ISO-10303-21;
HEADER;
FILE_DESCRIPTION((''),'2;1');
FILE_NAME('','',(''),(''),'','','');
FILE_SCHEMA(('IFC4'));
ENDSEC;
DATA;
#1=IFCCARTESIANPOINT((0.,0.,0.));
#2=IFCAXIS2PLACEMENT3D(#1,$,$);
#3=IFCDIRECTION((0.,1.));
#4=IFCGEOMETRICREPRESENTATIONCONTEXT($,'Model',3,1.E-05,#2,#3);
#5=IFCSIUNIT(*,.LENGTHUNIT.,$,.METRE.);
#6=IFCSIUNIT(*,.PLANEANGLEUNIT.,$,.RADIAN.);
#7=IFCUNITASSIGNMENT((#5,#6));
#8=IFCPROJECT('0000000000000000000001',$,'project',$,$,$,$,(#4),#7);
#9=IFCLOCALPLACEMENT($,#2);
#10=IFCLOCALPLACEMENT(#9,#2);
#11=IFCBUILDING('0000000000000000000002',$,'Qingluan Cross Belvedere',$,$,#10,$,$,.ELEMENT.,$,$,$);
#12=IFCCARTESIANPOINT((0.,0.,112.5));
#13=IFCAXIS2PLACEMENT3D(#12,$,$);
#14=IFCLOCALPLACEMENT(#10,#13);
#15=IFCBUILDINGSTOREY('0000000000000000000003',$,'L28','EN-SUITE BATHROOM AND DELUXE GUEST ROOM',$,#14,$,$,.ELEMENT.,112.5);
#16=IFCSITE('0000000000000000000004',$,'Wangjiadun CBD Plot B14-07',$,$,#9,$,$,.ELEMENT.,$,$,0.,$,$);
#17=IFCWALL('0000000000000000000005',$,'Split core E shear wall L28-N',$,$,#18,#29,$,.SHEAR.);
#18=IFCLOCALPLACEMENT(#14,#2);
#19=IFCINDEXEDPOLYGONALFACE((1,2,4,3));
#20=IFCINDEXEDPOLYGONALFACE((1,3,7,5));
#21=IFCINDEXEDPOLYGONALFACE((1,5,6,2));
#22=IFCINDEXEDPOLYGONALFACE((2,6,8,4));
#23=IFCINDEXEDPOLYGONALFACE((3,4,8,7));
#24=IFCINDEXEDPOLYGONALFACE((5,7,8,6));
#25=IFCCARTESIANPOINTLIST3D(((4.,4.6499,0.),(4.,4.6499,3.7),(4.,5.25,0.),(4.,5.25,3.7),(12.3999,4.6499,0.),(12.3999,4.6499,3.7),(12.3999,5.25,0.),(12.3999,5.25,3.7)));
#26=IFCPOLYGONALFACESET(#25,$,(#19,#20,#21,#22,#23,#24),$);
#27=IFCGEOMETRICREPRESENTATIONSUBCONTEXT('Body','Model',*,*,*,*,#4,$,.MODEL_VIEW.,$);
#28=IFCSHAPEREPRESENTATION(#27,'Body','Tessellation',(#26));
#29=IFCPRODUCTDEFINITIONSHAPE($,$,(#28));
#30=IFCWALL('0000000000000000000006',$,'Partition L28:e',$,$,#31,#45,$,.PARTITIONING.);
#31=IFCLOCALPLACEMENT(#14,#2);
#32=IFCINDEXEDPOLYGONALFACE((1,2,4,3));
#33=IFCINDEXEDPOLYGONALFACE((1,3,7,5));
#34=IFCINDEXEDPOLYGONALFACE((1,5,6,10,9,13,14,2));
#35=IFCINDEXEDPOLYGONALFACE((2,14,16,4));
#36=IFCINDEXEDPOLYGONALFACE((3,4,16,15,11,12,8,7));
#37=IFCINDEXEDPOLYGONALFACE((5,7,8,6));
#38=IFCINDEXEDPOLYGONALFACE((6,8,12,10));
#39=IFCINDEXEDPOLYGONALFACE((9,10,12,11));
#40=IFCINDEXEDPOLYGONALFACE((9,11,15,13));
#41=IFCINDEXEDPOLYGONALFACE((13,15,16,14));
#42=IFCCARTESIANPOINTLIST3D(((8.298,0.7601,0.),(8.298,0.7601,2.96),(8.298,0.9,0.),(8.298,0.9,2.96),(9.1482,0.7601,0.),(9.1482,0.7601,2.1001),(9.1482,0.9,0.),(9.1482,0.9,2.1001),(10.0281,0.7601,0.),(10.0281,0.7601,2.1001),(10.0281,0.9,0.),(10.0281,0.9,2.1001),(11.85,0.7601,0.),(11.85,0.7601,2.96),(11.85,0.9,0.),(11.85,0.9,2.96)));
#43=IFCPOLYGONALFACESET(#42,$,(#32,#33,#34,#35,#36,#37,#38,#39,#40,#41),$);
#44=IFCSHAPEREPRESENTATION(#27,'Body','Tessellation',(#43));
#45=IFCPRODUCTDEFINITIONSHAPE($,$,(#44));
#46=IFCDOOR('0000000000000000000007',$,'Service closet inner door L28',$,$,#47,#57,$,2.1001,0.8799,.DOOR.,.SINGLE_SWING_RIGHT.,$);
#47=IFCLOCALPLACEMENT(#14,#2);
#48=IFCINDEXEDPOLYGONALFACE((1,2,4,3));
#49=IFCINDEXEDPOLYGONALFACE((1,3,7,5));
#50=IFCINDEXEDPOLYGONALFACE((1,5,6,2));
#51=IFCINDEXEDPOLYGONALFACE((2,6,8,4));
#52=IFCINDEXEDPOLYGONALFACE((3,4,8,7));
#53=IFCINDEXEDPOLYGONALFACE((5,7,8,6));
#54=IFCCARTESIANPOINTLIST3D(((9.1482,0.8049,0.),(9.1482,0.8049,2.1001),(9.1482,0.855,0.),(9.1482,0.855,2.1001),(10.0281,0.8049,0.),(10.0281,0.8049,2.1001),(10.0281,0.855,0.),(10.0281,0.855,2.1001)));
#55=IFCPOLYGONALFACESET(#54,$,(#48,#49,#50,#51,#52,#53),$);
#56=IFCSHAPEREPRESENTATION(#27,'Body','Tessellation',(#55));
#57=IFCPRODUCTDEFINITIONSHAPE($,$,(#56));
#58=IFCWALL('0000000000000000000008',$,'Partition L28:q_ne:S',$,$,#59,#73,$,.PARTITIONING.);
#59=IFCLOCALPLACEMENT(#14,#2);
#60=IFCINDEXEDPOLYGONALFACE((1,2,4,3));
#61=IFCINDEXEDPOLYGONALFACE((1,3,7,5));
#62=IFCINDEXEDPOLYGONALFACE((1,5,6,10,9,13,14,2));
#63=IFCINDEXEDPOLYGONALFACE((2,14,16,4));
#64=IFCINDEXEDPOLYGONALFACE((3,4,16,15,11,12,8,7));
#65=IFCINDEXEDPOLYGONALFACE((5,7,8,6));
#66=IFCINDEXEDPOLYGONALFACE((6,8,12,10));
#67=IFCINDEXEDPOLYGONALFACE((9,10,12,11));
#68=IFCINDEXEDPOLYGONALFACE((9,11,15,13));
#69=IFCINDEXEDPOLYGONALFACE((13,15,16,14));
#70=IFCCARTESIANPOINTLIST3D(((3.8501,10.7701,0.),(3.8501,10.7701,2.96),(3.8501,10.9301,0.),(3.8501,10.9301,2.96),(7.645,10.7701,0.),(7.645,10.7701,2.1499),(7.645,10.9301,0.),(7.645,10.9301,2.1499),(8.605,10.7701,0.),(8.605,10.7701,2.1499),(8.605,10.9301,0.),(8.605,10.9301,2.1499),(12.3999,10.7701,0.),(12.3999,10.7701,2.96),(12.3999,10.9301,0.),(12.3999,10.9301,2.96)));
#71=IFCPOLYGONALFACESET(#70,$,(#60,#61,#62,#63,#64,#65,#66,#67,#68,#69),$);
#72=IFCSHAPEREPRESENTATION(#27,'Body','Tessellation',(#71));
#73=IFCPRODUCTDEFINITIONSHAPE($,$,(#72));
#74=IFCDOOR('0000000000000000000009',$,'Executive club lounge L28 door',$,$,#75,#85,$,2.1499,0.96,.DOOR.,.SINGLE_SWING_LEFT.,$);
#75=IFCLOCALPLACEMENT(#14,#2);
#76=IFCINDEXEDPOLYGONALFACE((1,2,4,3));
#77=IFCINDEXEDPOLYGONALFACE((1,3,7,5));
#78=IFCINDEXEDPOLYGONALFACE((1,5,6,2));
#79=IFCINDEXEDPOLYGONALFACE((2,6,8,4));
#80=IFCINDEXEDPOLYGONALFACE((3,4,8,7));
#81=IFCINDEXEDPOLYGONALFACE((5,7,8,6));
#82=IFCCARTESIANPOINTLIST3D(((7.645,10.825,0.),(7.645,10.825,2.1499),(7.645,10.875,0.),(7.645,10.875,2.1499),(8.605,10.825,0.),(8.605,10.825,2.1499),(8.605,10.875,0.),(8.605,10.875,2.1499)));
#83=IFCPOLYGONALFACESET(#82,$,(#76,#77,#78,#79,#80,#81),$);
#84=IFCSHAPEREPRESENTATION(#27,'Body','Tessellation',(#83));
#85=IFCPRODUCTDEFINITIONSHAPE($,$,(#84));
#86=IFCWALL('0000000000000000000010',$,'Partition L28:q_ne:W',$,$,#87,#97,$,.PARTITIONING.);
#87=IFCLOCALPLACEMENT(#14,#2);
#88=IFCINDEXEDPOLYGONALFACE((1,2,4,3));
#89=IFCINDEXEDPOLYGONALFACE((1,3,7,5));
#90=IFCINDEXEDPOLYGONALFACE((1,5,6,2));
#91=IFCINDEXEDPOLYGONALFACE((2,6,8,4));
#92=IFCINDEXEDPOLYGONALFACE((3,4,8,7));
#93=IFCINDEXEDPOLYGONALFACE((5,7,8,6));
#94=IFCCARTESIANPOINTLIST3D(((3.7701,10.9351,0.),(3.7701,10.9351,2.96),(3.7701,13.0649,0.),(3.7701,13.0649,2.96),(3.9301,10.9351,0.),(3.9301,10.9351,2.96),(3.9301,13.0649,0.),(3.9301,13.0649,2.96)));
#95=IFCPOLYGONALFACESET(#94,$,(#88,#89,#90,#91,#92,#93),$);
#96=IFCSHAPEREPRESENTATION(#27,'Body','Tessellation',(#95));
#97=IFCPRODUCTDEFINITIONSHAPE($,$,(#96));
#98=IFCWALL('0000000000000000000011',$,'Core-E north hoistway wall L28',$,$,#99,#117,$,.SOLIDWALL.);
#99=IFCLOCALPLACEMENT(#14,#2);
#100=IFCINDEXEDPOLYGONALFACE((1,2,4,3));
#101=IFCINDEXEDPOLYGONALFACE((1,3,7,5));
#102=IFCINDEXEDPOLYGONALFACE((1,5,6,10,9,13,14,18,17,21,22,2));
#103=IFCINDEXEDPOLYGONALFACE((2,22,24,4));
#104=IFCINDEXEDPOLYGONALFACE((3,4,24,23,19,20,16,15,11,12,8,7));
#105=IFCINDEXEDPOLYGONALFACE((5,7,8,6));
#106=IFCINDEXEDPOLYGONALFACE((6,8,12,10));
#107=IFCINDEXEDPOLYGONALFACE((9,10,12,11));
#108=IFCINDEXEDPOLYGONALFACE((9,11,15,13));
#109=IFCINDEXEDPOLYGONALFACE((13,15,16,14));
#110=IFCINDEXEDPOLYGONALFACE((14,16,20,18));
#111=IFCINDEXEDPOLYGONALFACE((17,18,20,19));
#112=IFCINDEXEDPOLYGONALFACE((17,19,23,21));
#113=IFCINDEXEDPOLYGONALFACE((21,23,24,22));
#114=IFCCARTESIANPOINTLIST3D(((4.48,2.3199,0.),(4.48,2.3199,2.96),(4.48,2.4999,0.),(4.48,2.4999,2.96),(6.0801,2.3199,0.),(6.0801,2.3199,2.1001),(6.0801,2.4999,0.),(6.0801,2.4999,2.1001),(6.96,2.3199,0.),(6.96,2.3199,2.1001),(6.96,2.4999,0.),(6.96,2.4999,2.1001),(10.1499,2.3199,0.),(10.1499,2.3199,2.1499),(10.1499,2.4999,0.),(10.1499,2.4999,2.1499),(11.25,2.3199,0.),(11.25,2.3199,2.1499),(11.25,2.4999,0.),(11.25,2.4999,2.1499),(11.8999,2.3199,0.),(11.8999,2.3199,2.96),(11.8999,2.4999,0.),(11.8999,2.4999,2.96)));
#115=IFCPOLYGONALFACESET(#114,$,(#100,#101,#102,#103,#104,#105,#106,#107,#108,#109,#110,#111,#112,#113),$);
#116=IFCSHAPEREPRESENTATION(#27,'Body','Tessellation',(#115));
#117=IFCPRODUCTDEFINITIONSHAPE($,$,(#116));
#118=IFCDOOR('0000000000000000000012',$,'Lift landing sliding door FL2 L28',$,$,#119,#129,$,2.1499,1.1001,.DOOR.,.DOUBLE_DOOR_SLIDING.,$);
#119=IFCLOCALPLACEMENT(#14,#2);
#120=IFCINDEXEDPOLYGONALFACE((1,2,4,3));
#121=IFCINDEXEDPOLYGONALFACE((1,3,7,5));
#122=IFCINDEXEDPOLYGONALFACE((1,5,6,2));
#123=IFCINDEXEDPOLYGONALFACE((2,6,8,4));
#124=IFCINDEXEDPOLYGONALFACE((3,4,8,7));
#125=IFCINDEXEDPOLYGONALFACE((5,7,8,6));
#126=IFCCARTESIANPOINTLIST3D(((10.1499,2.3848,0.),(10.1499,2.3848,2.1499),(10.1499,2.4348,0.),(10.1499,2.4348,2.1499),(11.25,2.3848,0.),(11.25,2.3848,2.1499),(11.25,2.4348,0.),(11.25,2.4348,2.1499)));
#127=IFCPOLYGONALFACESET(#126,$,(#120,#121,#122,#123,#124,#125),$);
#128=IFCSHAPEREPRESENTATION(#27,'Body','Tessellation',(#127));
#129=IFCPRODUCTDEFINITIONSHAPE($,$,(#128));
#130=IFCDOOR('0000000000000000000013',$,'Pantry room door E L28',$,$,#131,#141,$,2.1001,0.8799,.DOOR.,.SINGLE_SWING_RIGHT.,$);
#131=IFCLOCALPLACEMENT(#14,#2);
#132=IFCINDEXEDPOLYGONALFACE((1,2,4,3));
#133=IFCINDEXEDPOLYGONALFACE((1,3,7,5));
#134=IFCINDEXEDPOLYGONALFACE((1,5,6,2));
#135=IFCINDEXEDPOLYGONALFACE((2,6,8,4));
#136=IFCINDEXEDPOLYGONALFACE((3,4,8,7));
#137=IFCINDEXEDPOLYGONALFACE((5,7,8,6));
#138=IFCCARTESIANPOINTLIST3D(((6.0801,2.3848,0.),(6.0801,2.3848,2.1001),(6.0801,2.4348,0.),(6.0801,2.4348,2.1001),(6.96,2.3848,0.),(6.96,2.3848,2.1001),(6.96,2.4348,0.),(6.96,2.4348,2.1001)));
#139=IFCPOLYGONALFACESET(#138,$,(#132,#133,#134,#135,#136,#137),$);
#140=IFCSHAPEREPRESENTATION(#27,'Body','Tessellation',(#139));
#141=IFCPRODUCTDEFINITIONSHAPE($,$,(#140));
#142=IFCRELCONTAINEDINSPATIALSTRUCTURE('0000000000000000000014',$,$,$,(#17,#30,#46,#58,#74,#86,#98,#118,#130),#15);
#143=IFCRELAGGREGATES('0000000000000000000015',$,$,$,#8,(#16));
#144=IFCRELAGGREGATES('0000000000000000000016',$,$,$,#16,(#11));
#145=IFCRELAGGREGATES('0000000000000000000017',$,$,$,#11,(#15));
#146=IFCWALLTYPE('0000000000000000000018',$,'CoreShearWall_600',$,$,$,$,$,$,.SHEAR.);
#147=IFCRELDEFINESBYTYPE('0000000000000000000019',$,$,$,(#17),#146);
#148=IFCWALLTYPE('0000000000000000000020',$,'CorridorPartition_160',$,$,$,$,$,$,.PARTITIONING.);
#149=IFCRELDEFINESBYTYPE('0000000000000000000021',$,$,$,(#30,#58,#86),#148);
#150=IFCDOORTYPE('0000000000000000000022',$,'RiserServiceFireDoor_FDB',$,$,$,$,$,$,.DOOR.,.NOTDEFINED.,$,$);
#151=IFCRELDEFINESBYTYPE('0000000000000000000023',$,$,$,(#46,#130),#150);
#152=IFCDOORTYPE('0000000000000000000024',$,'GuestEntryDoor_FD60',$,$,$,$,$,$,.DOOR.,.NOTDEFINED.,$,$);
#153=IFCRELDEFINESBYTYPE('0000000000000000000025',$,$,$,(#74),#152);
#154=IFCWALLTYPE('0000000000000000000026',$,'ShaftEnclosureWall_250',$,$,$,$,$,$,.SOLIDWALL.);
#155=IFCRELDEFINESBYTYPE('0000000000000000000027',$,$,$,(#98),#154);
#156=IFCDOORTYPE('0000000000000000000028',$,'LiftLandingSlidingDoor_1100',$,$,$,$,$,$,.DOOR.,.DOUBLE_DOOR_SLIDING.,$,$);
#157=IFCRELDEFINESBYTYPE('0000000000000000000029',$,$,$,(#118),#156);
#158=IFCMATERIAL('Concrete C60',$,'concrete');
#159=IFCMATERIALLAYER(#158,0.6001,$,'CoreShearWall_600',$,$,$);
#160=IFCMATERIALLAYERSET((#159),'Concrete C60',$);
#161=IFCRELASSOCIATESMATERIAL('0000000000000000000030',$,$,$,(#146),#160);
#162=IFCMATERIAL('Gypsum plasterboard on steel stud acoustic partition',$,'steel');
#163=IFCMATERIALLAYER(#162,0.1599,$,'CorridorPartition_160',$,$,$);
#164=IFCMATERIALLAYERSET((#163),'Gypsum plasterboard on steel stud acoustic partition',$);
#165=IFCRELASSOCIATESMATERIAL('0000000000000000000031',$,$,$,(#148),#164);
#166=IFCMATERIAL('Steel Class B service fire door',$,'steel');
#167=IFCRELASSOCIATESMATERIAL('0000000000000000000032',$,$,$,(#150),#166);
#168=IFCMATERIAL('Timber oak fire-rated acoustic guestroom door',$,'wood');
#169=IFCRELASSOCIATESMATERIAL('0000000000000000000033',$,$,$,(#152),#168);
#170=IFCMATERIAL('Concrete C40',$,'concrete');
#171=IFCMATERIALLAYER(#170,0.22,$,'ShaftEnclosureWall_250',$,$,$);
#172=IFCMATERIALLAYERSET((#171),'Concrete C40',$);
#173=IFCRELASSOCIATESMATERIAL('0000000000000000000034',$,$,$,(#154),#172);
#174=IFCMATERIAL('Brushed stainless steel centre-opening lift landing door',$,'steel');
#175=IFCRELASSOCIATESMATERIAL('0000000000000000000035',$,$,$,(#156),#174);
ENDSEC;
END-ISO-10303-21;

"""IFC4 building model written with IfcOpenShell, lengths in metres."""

from ifc_helpers import new_model, si_unit, direction, frame, frame_2d, origin, place, context, subcontext, project, spatial, rectangle, extrude, material, layer, layer_set, type_object, element, fill, save


model = new_model("IFC4")

# Units and contexts
model_context = context("Model", 3, precision=1e-05, world=origin(), true_north=direction((0.0, 1.0)))
body_context = subcontext(model_context, "Body", "Model", "MODEL_VIEW")
ifc_project = project(units=[si_unit("LENGTHUNIT", "METRE"), si_unit("PLANEANGLEUNIT", "RADIAN")], contexts=[model_context])

# Site, building, storey
site_placement = place(None, origin())
site = spatial("IfcSite", under=ifc_project, at=site_placement, Name="Wangjiadun CBD Plot B14-07", CompositionType="ELEMENT", RefElevation=0.0)
building_placement = place(site_placement, origin())
building = spatial("IfcBuilding", under=site, at=building_placement, Name="Qingluan Cross Belvedere", CompositionType="ELEMENT")
storey_placement = place(building_placement, frame((0.0, 0.0, 112.5)))
storey = spatial("IfcBuildingStorey", under=building, at=storey_placement, Name="L28", Description="EN-SUITE BATHROOM AND DELUXE GUEST ROOM", CompositionType="ELEMENT", Elevation=112.5)

# Wall
ifc_material_1 = material(Name="Concrete C60", Category="concrete")
ifc_layer_1 = layer(ifc_material_1, 0.6001, Name="CoreShearWall_600")
ifc_layer_set_1 = layer_set([ifc_layer_1], Name="Concrete C60")
wall_type_1 = type_object("IfcWallType", Name="CoreShearWall_600", PredefinedType="SHEAR", material=ifc_layer_set_1)
wall_1_placement = place(storey_placement, frame((4.0, 4.95, 0.0), z_axis=(0.0, 0.0, 1.0), x_axis=(1.0, 0.0, 0.0)))
element("IfcWall", 1, at=wall_1_placement, inside=storey, type_object=wall_type_1, Name="Split core E shear wall L28-N", PredefinedType="SHEAR", context=body_context, shape_type="SweptSolid", body=[
    extrude(rectangle(XDim=8.3999, YDim=0.6001, at=frame_2d((4.2, 0.0))), origin(), (0.0, 0.0, 1.0), 3.7),
])

# Walls, openings, doors
ifc_material_2 = material(Name="Gypsum plasterboard on steel stud acoustic partition", Category="steel")
ifc_layer_2 = layer(ifc_material_2, 0.1599, Name="CorridorPartition_160")
ifc_layer_set_2 = layer_set([ifc_layer_2], Name="Gypsum plasterboard on steel stud acoustic partition")
wall_type_2 = type_object("IfcWallType", Name="CorridorPartition_160", PredefinedType="PARTITIONING", material=ifc_layer_set_2)
wall_2_placement = place(storey_placement, frame((8.2981, 0.8301, 0.0), z_axis=(0.0, 0.0, 1.0), x_axis=(1.0, 0.0, 0.0)))
wall_2 = element("IfcWall", 2, at=wall_2_placement, inside=storey, type_object=wall_type_2, Name="Partition L28:e", PredefinedType="PARTITIONING", context=body_context, shape_type="SweptSolid", body=[
    extrude(rectangle(XDim=3.552, YDim=0.1399, at=frame_2d((1.7759, 0.0))), origin(), (0.0, 0.0, 1.0), 2.96),
])
opening_1_placement = place(wall_2_placement, frame((0.8501, 0.0, 0.0)))
opening_1 = element("IfcOpeningElement", 3, at=opening_1_placement, cuts=wall_2, PredefinedType="OPENING", context=body_context, shape_type="SweptSolid", body=[
    extrude(rectangle(XDim=0.8799, YDim=2.1001, at=frame_2d((0.4399, 1.05))), frame((0.0, 0.0798, 0.0), z_axis=(0.0, -1.0, 0.0), x_axis=(1.0, 0.0, 0.0)), (0.0, 0.0, 1.0), 0.1599),
])
ifc_material_3 = material(Name="Steel Class B service fire door", Category="steel")
door_type_1 = type_object("IfcDoorType", Name="RiserServiceFireDoor_FDB", OperationType="NOTDEFINED", PredefinedType="DOOR", material=ifc_material_3)
door_1_placement = place(opening_1_placement, origin())
door_1 = element("IfcDoor", 4, at=door_1_placement, inside=storey, type_object=door_type_1, Name="Service closet inner door L28", OperationType="SINGLE_SWING_RIGHT", OverallHeight=2.1001, OverallWidth=0.8799, PredefinedType="DOOR", context=body_context, shape_type="SweptSolid", body=[
    extrude(rectangle(XDim=0.8799, YDim=2.1001, at=frame_2d((0.4399, 1.05))), frame((0.0, 0.0249, 0.0), z_axis=(0.0, -1.0, 0.0), x_axis=(1.0, 0.0, 0.0)), (0.0, 0.0, 1.0), 0.05),
])
fill(opening_1, door_1)
wall_3_placement = place(storey_placement, frame((3.8501, 10.8501, 0.0), z_axis=(0.0, 0.0, 1.0), x_axis=(1.0, 0.0, 0.0)))
wall_3 = element("IfcWall", 5, at=wall_3_placement, inside=storey, type_object=wall_type_2, Name="Partition L28:q_ne:S", PredefinedType="PARTITIONING", context=body_context, shape_type="SweptSolid", body=[
    extrude(rectangle(XDim=8.5498, YDim=0.1599, at=frame_2d((4.2749, 0.0))), origin(), (0.0, 0.0, 1.0), 2.96),
])
opening_2_placement = place(wall_3_placement, frame((3.7949, 0.0, 0.0)))
opening_2 = element("IfcOpeningElement", 6, at=opening_2_placement, cuts=wall_3, PredefinedType="OPENING", context=body_context, shape_type="SweptSolid", body=[
    extrude(rectangle(XDim=0.96, YDim=2.1499, at=frame_2d((0.48, 1.075))), frame((0.0, 0.0898, 0.0), z_axis=(0.0, -1.0, 0.0), x_axis=(1.0, 0.0, 0.0)), (0.0, 0.0, 1.0), 0.1799),
])
ifc_material_4 = material(Name="Timber oak fire-rated acoustic guestroom door", Category="wood")
door_type_2 = type_object("IfcDoorType", Name="GuestEntryDoor_FD60", OperationType="NOTDEFINED", PredefinedType="DOOR", material=ifc_material_4)
door_2_placement = place(opening_2_placement, origin())
door_2 = element("IfcDoor", 7, at=door_2_placement, inside=storey, type_object=door_type_2, Name="Executive club lounge L28 door", OperationType="SINGLE_SWING_LEFT", OverallHeight=2.1499, OverallWidth=0.96, PredefinedType="DOOR", context=body_context, shape_type="SweptSolid", body=[
    extrude(rectangle(XDim=0.96, YDim=2.1499, at=frame_2d((0.48, 1.075))), frame((0.0, 0.0249, 0.0), z_axis=(0.0, -1.0, 0.0), x_axis=(1.0, 0.0, 0.0)), (0.0, 0.0, 1.0), 0.05),
])
fill(opening_2, door_2)

# Wall
wall_4_placement = place(storey_placement, frame((3.8501, 10.9351, 0.0), z_axis=(0.0, 0.0, 1.0), x_axis=(0.0, 1.0, 0.0)))
element("IfcWall", 8, at=wall_4_placement, inside=storey, type_object=wall_type_2, Name="Partition L28:q_ne:W", PredefinedType="PARTITIONING", context=body_context, shape_type="SweptSolid", body=[
    extrude(rectangle(XDim=2.1299, YDim=0.1599, at=frame_2d((1.0649, 0.0))), origin(), (0.0, 0.0, 1.0), 2.96),
])

# Wall, openings, doors
ifc_material_5 = material(Name="Concrete C40", Category="concrete")
ifc_layer_3 = layer(ifc_material_5, 0.22, Name="ShaftEnclosureWall_250")
ifc_layer_set_3 = layer_set([ifc_layer_3], Name="Concrete C40")
wall_type_3 = type_object("IfcWallType", Name="ShaftEnclosureWall_250", PredefinedType="SOLIDWALL", material=ifc_layer_set_3)
wall_5_placement = place(storey_placement, frame((4.48, 2.4099, 0.0), z_axis=(0.0, 0.0, 1.0), x_axis=(1.0, 0.0, 0.0)))
wall_5 = element("IfcWall", 9, at=wall_5_placement, inside=storey, type_object=wall_type_3, Name="Core-E north hoistway wall L28", PredefinedType="SOLIDWALL", context=body_context, shape_type="SweptSolid", body=[
    extrude(rectangle(XDim=7.4199, YDim=0.1799, at=frame_2d((3.71, 0.0))), origin(), (0.0, 0.0, 1.0), 2.96),
])
opening_3_placement = place(wall_5_placement, frame((5.6699, 0.0, 0.0)))
opening_3 = element("IfcOpeningElement", 10, at=opening_3_placement, cuts=wall_5, PredefinedType="OPENING", context=body_context, shape_type="SweptSolid", body=[
    extrude(rectangle(XDim=1.1001, YDim=2.1499, at=frame_2d((0.55, 1.075))), frame((0.0, 0.0999, 0.0), z_axis=(0.0, -1.0, 0.0), x_axis=(1.0, 0.0, 0.0)), (0.0, 0.0, 1.0), 0.2),
])
opening_4_placement = place(wall_5_placement, frame((1.6001, 0.0, 0.0)))
opening_4 = element("IfcOpeningElement", 11, at=opening_4_placement, cuts=wall_5, PredefinedType="OPENING", context=body_context, shape_type="SweptSolid", body=[
    extrude(rectangle(XDim=0.8799, YDim=2.1001, at=frame_2d((0.4399, 1.05))), frame((0.0, 0.0999, 0.0), z_axis=(0.0, -1.0, 0.0), x_axis=(1.0, 0.0, 0.0)), (0.0, 0.0, 1.0), 0.2),
])
ifc_material_6 = material(Name="Brushed stainless steel centre-opening lift landing door", Category="steel")
door_type_3 = type_object("IfcDoorType", Name="LiftLandingSlidingDoor_1100", OperationType="DOUBLE_DOOR_SLIDING", PredefinedType="DOOR", material=ifc_material_6)
door_3_placement = place(opening_3_placement, origin())
door_3 = element("IfcDoor", 12, at=door_3_placement, inside=storey, type_object=door_type_3, Name="Lift landing sliding door FL2 L28", OperationType="DOUBLE_DOOR_SLIDING", OverallHeight=2.1499, OverallWidth=1.1001, PredefinedType="DOOR", context=body_context, shape_type="SweptSolid", body=[
    extrude(rectangle(XDim=1.1001, YDim=2.1499, at=frame_2d((0.55, 1.075))), frame((0.0, 0.0249, 0.0), z_axis=(0.0, -1.0, 0.0), x_axis=(1.0, 0.0, 0.0)), (0.0, 0.0, 1.0), 0.05),
])
fill(opening_3, door_3)
door_4_placement = place(opening_4_placement, origin())
door_4 = element("IfcDoor", 13, at=door_4_placement, inside=storey, type_object=door_type_1, Name="Pantry room door E L28", OperationType="SINGLE_SWING_RIGHT", OverallHeight=2.1001, OverallWidth=0.8799, PredefinedType="DOOR", context=body_context, shape_type="SweptSolid", body=[
    extrude(rectangle(XDim=0.8799, YDim=2.1001, at=frame_2d((0.4399, 1.05))), frame((0.0, 0.0249, 0.0), z_axis=(0.0, -1.0, 0.0), x_axis=(1.0, 0.0, 0.0)), (0.0, 0.0, 1.0), 0.05),
])
fill(opening_4, door_4)

save(model, "model.ifc")
